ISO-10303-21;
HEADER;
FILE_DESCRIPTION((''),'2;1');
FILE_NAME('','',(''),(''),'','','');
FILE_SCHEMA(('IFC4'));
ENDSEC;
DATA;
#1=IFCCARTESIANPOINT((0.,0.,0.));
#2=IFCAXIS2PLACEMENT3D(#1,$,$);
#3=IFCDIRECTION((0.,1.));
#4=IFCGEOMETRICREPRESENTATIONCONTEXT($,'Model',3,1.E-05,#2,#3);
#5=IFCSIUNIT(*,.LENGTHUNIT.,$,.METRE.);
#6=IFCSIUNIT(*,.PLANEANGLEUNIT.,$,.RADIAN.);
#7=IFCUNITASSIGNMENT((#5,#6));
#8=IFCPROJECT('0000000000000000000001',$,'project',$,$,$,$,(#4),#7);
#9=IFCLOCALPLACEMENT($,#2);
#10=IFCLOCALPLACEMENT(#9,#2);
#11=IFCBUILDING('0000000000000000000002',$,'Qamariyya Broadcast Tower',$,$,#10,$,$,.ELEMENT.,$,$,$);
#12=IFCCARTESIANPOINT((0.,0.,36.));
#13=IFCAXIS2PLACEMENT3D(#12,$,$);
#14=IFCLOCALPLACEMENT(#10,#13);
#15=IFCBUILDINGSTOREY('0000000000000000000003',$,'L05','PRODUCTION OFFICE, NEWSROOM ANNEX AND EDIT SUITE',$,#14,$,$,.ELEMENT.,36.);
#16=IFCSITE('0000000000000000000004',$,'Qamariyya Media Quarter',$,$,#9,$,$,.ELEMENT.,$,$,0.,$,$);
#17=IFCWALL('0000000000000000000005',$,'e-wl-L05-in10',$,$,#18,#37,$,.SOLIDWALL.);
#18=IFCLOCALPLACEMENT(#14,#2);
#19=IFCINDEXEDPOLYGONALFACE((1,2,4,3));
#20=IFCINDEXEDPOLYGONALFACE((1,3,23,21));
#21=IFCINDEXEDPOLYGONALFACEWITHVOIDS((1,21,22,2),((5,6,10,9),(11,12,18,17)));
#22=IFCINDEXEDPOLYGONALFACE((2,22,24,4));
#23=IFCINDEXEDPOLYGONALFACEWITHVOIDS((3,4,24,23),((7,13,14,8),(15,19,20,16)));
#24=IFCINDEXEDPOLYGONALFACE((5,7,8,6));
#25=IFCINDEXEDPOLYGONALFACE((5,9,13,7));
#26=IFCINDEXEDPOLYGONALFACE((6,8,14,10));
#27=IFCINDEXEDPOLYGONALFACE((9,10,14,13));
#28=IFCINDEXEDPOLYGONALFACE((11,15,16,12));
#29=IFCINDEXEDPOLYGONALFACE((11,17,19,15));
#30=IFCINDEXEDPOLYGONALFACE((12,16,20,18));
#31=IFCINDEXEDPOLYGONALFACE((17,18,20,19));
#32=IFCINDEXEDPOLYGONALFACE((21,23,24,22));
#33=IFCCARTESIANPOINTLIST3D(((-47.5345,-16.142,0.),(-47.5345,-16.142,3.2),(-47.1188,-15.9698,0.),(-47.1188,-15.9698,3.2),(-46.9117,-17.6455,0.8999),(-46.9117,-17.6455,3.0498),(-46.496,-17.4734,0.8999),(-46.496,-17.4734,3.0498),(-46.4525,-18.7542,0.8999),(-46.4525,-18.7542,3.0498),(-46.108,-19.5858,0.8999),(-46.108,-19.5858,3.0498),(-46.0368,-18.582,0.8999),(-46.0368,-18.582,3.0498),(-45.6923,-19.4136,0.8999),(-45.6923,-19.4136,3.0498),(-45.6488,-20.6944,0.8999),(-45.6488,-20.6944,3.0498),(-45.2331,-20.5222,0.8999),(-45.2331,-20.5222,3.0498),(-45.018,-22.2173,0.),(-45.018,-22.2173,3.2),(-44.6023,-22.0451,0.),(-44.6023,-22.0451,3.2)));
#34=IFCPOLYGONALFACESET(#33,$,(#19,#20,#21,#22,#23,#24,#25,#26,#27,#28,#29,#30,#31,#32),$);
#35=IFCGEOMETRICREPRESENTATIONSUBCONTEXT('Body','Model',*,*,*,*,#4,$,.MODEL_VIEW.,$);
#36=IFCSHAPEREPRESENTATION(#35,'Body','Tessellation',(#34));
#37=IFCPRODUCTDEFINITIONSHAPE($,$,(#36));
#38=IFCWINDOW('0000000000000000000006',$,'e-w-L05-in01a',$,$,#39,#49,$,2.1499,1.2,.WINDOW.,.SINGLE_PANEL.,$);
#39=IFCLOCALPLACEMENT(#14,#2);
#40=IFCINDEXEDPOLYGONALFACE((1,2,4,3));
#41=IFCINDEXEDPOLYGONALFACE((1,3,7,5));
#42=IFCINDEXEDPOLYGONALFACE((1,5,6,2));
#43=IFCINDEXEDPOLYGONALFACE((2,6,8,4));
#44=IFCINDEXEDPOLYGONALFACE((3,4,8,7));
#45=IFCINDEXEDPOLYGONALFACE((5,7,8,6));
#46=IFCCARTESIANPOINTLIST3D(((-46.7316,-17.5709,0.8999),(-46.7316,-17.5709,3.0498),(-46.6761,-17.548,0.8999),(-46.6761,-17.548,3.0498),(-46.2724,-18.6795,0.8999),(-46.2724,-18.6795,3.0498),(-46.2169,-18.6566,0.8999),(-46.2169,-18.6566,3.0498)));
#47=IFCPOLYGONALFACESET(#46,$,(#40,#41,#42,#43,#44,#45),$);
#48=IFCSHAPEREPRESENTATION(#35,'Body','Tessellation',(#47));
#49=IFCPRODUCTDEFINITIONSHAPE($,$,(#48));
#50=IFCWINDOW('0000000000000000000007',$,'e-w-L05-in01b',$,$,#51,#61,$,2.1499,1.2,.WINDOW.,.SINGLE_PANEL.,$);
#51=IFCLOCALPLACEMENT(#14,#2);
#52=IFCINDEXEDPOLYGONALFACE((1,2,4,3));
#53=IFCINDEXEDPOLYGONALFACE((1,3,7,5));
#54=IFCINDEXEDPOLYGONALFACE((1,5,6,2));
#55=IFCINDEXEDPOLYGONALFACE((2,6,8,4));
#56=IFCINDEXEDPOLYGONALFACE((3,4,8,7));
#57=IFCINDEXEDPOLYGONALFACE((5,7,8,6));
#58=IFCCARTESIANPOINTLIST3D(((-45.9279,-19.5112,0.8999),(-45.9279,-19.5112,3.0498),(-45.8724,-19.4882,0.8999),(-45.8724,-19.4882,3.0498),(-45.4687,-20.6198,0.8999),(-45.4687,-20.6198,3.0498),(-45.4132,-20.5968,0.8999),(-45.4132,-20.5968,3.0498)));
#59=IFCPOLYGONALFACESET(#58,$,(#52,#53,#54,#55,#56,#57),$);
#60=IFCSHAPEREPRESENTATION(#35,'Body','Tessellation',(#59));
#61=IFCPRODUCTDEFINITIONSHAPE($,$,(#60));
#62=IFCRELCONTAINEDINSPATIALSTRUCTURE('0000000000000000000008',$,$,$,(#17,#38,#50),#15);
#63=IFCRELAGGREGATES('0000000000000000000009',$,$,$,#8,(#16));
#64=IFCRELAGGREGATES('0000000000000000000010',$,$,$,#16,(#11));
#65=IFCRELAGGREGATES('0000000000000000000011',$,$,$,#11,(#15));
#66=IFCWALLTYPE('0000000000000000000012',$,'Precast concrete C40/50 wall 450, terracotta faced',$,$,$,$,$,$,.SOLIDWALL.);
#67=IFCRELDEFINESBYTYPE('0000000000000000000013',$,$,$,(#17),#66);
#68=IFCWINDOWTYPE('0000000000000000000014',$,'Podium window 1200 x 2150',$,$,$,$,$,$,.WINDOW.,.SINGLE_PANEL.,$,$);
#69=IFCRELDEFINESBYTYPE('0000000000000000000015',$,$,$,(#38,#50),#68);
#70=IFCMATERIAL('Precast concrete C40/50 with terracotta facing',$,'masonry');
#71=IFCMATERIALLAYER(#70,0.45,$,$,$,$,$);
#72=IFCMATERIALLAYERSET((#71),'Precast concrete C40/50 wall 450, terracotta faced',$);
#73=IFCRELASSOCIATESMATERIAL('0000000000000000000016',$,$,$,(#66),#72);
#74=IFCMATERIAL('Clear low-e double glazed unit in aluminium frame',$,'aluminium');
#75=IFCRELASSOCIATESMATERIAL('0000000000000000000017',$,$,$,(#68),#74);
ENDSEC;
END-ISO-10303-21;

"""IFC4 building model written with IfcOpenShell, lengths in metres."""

from ifc_helpers import new_model, si_unit, direction, frame, frame_2d, origin, place, context, subcontext, project, spatial, rectangle, extrude, material, layer, layer_set, type_object, element, fill, save


model = new_model("IFC4")

# Units and contexts
model_context = context("Model", 3, precision=1e-05, world=origin(), true_north=direction((0.0, 1.0)))
body_context = subcontext(model_context, "Body", "Model", "MODEL_VIEW")
ifc_project = project(units=[si_unit("LENGTHUNIT", "METRE"), si_unit("PLANEANGLEUNIT", "RADIAN")], contexts=[model_context])

# Site, building, storey
site_placement = place(None, origin())
site = spatial("IfcSite", under=ifc_project, at=site_placement, Name="Qamariyya Media Quarter", CompositionType="ELEMENT", RefElevation=0.0)
building_placement = place(site_placement, origin())
building = spatial("IfcBuilding", under=site, at=building_placement, Name="Qamariyya Broadcast Tower", CompositionType="ELEMENT")
storey_placement = place(building_placement, frame((0.0, 0.0, 36.0)))
storey = spatial("IfcBuildingStorey", under=building, at=storey_placement, Name="L05", Description="PRODUCTION OFFICE, NEWSROOM ANNEX AND EDIT SUITE", CompositionType="ELEMENT", Elevation=36.0)

# Shared definitions
ifc_material_1 = material(Name="Precast concrete C40/50 with terracotta facing", Category="masonry")
ifc_layer_1 = layer(ifc_material_1, 0.45)
ifc_layer_set_1 = layer_set([ifc_layer_1], Name="Precast concrete C40/50 wall 450, terracotta faced")
wall_type_1 = type_object("IfcWallType", Name="Precast concrete C40/50 wall 450, terracotta faced", PredefinedType="SOLIDWALL", material=ifc_layer_set_1)

# Wall, openings, windows
wall_1_placement = place(storey_placement, frame((-44.8101, -22.1313, 0.0), z_axis=(0.0, 0.0, 1.0), x_axis=(-0.382693, 0.923876, 0.0)))
wall_1 = element("IfcWall", 1, at=wall_1_placement, inside=storey, type_object=wall_type_1, Name="e-wl-L05-in10", PredefinedType="SOLIDWALL", context=body_context, shape_type="SweptSolid", body=[
    extrude(rectangle(XDim=6.5759, YDim=0.45, at=frame_2d((3.2881, 0.0))), origin(), (0.0, 0.0, 1.0), 3.2),
])
opening_1_placement = place(wall_1_placement, frame((3.7485, 0.0, 0.8999)))
opening_1 = element("IfcOpeningElement", 2, at=opening_1_placement, cuts=wall_1, PredefinedType="OPENING", context=body_context, shape_type="SweptSolid", body=[
    extrude(rectangle(XDim=1.2, YDim=2.1499, at=frame_2d((0.6001, 1.075))), frame((0.0, 0.2349, 0.0), z_axis=(0.0, -1.0, 0.0), x_axis=(1.0, 0.0, 0.0)), (0.0, 0.0, 1.0), 0.47),
])
opening_2_placement = place(wall_1_placement, frame((1.6484, 0.0, 0.8999)))
opening_2 = element("IfcOpeningElement", 3, at=opening_2_placement, cuts=wall_1, PredefinedType="OPENING", context=body_context, shape_type="SweptSolid", body=[
    extrude(rectangle(XDim=1.2, YDim=2.1499, at=frame_2d((0.6001, 1.075))), frame((0.0, 0.2349, 0.0), z_axis=(0.0, -1.0, 0.0), x_axis=(1.0, 0.0, 0.0)), (0.0, 0.0, 1.0), 0.47),
])
ifc_material_2 = material(Name="Clear low-e double glazed unit in aluminium frame", Category="aluminium")
window_type = type_object("IfcWindowType", Name="Podium window 1200 x 2150", PartitioningType="SINGLE_PANEL", PredefinedType="WINDOW", material=ifc_material_2)
window_1_placement = place(opening_1_placement, origin())
window_1 = element("IfcWindow", 4, at=window_1_placement, inside=storey, type_object=window_type, Name="e-w-L05-in01a", OverallHeight=2.1499, OverallWidth=1.2, PartitioningType="SINGLE_PANEL", PredefinedType="WINDOW", context=body_context, shape_type="SweptSolid", body=[
    extrude(rectangle(XDim=1.2, YDim=2.1499, at=frame_2d((0.6001, 1.075))), frame((0.0, 0.03, 0.0), z_axis=(0.0, -1.0, 0.0), x_axis=(1.0, 0.0, 0.0)), (0.0, 0.0, 1.0), 0.0601),
])
fill(opening_1, window_1)
window_2_placement = place(opening_2_placement, origin())
window_2 = element("IfcWindow", 5, at=window_2_placement, inside=storey, type_object=window_type, Name="e-w-L05-in01b", OverallHeight=2.1499, OverallWidth=1.2, PartitioningType="SINGLE_PANEL", PredefinedType="WINDOW", context=body_context, shape_type="SweptSolid", body=[
    extrude(rectangle(XDim=1.2, YDim=2.1499, at=frame_2d((0.6001, 1.075))), frame((0.0, 0.03, 0.0), z_axis=(0.0, -1.0, 0.0), x_axis=(1.0, 0.0, 0.0)), (0.0, 0.0, 1.0), 0.0601),
])
fill(opening_2, window_2)

save(model, "model.ifc")
